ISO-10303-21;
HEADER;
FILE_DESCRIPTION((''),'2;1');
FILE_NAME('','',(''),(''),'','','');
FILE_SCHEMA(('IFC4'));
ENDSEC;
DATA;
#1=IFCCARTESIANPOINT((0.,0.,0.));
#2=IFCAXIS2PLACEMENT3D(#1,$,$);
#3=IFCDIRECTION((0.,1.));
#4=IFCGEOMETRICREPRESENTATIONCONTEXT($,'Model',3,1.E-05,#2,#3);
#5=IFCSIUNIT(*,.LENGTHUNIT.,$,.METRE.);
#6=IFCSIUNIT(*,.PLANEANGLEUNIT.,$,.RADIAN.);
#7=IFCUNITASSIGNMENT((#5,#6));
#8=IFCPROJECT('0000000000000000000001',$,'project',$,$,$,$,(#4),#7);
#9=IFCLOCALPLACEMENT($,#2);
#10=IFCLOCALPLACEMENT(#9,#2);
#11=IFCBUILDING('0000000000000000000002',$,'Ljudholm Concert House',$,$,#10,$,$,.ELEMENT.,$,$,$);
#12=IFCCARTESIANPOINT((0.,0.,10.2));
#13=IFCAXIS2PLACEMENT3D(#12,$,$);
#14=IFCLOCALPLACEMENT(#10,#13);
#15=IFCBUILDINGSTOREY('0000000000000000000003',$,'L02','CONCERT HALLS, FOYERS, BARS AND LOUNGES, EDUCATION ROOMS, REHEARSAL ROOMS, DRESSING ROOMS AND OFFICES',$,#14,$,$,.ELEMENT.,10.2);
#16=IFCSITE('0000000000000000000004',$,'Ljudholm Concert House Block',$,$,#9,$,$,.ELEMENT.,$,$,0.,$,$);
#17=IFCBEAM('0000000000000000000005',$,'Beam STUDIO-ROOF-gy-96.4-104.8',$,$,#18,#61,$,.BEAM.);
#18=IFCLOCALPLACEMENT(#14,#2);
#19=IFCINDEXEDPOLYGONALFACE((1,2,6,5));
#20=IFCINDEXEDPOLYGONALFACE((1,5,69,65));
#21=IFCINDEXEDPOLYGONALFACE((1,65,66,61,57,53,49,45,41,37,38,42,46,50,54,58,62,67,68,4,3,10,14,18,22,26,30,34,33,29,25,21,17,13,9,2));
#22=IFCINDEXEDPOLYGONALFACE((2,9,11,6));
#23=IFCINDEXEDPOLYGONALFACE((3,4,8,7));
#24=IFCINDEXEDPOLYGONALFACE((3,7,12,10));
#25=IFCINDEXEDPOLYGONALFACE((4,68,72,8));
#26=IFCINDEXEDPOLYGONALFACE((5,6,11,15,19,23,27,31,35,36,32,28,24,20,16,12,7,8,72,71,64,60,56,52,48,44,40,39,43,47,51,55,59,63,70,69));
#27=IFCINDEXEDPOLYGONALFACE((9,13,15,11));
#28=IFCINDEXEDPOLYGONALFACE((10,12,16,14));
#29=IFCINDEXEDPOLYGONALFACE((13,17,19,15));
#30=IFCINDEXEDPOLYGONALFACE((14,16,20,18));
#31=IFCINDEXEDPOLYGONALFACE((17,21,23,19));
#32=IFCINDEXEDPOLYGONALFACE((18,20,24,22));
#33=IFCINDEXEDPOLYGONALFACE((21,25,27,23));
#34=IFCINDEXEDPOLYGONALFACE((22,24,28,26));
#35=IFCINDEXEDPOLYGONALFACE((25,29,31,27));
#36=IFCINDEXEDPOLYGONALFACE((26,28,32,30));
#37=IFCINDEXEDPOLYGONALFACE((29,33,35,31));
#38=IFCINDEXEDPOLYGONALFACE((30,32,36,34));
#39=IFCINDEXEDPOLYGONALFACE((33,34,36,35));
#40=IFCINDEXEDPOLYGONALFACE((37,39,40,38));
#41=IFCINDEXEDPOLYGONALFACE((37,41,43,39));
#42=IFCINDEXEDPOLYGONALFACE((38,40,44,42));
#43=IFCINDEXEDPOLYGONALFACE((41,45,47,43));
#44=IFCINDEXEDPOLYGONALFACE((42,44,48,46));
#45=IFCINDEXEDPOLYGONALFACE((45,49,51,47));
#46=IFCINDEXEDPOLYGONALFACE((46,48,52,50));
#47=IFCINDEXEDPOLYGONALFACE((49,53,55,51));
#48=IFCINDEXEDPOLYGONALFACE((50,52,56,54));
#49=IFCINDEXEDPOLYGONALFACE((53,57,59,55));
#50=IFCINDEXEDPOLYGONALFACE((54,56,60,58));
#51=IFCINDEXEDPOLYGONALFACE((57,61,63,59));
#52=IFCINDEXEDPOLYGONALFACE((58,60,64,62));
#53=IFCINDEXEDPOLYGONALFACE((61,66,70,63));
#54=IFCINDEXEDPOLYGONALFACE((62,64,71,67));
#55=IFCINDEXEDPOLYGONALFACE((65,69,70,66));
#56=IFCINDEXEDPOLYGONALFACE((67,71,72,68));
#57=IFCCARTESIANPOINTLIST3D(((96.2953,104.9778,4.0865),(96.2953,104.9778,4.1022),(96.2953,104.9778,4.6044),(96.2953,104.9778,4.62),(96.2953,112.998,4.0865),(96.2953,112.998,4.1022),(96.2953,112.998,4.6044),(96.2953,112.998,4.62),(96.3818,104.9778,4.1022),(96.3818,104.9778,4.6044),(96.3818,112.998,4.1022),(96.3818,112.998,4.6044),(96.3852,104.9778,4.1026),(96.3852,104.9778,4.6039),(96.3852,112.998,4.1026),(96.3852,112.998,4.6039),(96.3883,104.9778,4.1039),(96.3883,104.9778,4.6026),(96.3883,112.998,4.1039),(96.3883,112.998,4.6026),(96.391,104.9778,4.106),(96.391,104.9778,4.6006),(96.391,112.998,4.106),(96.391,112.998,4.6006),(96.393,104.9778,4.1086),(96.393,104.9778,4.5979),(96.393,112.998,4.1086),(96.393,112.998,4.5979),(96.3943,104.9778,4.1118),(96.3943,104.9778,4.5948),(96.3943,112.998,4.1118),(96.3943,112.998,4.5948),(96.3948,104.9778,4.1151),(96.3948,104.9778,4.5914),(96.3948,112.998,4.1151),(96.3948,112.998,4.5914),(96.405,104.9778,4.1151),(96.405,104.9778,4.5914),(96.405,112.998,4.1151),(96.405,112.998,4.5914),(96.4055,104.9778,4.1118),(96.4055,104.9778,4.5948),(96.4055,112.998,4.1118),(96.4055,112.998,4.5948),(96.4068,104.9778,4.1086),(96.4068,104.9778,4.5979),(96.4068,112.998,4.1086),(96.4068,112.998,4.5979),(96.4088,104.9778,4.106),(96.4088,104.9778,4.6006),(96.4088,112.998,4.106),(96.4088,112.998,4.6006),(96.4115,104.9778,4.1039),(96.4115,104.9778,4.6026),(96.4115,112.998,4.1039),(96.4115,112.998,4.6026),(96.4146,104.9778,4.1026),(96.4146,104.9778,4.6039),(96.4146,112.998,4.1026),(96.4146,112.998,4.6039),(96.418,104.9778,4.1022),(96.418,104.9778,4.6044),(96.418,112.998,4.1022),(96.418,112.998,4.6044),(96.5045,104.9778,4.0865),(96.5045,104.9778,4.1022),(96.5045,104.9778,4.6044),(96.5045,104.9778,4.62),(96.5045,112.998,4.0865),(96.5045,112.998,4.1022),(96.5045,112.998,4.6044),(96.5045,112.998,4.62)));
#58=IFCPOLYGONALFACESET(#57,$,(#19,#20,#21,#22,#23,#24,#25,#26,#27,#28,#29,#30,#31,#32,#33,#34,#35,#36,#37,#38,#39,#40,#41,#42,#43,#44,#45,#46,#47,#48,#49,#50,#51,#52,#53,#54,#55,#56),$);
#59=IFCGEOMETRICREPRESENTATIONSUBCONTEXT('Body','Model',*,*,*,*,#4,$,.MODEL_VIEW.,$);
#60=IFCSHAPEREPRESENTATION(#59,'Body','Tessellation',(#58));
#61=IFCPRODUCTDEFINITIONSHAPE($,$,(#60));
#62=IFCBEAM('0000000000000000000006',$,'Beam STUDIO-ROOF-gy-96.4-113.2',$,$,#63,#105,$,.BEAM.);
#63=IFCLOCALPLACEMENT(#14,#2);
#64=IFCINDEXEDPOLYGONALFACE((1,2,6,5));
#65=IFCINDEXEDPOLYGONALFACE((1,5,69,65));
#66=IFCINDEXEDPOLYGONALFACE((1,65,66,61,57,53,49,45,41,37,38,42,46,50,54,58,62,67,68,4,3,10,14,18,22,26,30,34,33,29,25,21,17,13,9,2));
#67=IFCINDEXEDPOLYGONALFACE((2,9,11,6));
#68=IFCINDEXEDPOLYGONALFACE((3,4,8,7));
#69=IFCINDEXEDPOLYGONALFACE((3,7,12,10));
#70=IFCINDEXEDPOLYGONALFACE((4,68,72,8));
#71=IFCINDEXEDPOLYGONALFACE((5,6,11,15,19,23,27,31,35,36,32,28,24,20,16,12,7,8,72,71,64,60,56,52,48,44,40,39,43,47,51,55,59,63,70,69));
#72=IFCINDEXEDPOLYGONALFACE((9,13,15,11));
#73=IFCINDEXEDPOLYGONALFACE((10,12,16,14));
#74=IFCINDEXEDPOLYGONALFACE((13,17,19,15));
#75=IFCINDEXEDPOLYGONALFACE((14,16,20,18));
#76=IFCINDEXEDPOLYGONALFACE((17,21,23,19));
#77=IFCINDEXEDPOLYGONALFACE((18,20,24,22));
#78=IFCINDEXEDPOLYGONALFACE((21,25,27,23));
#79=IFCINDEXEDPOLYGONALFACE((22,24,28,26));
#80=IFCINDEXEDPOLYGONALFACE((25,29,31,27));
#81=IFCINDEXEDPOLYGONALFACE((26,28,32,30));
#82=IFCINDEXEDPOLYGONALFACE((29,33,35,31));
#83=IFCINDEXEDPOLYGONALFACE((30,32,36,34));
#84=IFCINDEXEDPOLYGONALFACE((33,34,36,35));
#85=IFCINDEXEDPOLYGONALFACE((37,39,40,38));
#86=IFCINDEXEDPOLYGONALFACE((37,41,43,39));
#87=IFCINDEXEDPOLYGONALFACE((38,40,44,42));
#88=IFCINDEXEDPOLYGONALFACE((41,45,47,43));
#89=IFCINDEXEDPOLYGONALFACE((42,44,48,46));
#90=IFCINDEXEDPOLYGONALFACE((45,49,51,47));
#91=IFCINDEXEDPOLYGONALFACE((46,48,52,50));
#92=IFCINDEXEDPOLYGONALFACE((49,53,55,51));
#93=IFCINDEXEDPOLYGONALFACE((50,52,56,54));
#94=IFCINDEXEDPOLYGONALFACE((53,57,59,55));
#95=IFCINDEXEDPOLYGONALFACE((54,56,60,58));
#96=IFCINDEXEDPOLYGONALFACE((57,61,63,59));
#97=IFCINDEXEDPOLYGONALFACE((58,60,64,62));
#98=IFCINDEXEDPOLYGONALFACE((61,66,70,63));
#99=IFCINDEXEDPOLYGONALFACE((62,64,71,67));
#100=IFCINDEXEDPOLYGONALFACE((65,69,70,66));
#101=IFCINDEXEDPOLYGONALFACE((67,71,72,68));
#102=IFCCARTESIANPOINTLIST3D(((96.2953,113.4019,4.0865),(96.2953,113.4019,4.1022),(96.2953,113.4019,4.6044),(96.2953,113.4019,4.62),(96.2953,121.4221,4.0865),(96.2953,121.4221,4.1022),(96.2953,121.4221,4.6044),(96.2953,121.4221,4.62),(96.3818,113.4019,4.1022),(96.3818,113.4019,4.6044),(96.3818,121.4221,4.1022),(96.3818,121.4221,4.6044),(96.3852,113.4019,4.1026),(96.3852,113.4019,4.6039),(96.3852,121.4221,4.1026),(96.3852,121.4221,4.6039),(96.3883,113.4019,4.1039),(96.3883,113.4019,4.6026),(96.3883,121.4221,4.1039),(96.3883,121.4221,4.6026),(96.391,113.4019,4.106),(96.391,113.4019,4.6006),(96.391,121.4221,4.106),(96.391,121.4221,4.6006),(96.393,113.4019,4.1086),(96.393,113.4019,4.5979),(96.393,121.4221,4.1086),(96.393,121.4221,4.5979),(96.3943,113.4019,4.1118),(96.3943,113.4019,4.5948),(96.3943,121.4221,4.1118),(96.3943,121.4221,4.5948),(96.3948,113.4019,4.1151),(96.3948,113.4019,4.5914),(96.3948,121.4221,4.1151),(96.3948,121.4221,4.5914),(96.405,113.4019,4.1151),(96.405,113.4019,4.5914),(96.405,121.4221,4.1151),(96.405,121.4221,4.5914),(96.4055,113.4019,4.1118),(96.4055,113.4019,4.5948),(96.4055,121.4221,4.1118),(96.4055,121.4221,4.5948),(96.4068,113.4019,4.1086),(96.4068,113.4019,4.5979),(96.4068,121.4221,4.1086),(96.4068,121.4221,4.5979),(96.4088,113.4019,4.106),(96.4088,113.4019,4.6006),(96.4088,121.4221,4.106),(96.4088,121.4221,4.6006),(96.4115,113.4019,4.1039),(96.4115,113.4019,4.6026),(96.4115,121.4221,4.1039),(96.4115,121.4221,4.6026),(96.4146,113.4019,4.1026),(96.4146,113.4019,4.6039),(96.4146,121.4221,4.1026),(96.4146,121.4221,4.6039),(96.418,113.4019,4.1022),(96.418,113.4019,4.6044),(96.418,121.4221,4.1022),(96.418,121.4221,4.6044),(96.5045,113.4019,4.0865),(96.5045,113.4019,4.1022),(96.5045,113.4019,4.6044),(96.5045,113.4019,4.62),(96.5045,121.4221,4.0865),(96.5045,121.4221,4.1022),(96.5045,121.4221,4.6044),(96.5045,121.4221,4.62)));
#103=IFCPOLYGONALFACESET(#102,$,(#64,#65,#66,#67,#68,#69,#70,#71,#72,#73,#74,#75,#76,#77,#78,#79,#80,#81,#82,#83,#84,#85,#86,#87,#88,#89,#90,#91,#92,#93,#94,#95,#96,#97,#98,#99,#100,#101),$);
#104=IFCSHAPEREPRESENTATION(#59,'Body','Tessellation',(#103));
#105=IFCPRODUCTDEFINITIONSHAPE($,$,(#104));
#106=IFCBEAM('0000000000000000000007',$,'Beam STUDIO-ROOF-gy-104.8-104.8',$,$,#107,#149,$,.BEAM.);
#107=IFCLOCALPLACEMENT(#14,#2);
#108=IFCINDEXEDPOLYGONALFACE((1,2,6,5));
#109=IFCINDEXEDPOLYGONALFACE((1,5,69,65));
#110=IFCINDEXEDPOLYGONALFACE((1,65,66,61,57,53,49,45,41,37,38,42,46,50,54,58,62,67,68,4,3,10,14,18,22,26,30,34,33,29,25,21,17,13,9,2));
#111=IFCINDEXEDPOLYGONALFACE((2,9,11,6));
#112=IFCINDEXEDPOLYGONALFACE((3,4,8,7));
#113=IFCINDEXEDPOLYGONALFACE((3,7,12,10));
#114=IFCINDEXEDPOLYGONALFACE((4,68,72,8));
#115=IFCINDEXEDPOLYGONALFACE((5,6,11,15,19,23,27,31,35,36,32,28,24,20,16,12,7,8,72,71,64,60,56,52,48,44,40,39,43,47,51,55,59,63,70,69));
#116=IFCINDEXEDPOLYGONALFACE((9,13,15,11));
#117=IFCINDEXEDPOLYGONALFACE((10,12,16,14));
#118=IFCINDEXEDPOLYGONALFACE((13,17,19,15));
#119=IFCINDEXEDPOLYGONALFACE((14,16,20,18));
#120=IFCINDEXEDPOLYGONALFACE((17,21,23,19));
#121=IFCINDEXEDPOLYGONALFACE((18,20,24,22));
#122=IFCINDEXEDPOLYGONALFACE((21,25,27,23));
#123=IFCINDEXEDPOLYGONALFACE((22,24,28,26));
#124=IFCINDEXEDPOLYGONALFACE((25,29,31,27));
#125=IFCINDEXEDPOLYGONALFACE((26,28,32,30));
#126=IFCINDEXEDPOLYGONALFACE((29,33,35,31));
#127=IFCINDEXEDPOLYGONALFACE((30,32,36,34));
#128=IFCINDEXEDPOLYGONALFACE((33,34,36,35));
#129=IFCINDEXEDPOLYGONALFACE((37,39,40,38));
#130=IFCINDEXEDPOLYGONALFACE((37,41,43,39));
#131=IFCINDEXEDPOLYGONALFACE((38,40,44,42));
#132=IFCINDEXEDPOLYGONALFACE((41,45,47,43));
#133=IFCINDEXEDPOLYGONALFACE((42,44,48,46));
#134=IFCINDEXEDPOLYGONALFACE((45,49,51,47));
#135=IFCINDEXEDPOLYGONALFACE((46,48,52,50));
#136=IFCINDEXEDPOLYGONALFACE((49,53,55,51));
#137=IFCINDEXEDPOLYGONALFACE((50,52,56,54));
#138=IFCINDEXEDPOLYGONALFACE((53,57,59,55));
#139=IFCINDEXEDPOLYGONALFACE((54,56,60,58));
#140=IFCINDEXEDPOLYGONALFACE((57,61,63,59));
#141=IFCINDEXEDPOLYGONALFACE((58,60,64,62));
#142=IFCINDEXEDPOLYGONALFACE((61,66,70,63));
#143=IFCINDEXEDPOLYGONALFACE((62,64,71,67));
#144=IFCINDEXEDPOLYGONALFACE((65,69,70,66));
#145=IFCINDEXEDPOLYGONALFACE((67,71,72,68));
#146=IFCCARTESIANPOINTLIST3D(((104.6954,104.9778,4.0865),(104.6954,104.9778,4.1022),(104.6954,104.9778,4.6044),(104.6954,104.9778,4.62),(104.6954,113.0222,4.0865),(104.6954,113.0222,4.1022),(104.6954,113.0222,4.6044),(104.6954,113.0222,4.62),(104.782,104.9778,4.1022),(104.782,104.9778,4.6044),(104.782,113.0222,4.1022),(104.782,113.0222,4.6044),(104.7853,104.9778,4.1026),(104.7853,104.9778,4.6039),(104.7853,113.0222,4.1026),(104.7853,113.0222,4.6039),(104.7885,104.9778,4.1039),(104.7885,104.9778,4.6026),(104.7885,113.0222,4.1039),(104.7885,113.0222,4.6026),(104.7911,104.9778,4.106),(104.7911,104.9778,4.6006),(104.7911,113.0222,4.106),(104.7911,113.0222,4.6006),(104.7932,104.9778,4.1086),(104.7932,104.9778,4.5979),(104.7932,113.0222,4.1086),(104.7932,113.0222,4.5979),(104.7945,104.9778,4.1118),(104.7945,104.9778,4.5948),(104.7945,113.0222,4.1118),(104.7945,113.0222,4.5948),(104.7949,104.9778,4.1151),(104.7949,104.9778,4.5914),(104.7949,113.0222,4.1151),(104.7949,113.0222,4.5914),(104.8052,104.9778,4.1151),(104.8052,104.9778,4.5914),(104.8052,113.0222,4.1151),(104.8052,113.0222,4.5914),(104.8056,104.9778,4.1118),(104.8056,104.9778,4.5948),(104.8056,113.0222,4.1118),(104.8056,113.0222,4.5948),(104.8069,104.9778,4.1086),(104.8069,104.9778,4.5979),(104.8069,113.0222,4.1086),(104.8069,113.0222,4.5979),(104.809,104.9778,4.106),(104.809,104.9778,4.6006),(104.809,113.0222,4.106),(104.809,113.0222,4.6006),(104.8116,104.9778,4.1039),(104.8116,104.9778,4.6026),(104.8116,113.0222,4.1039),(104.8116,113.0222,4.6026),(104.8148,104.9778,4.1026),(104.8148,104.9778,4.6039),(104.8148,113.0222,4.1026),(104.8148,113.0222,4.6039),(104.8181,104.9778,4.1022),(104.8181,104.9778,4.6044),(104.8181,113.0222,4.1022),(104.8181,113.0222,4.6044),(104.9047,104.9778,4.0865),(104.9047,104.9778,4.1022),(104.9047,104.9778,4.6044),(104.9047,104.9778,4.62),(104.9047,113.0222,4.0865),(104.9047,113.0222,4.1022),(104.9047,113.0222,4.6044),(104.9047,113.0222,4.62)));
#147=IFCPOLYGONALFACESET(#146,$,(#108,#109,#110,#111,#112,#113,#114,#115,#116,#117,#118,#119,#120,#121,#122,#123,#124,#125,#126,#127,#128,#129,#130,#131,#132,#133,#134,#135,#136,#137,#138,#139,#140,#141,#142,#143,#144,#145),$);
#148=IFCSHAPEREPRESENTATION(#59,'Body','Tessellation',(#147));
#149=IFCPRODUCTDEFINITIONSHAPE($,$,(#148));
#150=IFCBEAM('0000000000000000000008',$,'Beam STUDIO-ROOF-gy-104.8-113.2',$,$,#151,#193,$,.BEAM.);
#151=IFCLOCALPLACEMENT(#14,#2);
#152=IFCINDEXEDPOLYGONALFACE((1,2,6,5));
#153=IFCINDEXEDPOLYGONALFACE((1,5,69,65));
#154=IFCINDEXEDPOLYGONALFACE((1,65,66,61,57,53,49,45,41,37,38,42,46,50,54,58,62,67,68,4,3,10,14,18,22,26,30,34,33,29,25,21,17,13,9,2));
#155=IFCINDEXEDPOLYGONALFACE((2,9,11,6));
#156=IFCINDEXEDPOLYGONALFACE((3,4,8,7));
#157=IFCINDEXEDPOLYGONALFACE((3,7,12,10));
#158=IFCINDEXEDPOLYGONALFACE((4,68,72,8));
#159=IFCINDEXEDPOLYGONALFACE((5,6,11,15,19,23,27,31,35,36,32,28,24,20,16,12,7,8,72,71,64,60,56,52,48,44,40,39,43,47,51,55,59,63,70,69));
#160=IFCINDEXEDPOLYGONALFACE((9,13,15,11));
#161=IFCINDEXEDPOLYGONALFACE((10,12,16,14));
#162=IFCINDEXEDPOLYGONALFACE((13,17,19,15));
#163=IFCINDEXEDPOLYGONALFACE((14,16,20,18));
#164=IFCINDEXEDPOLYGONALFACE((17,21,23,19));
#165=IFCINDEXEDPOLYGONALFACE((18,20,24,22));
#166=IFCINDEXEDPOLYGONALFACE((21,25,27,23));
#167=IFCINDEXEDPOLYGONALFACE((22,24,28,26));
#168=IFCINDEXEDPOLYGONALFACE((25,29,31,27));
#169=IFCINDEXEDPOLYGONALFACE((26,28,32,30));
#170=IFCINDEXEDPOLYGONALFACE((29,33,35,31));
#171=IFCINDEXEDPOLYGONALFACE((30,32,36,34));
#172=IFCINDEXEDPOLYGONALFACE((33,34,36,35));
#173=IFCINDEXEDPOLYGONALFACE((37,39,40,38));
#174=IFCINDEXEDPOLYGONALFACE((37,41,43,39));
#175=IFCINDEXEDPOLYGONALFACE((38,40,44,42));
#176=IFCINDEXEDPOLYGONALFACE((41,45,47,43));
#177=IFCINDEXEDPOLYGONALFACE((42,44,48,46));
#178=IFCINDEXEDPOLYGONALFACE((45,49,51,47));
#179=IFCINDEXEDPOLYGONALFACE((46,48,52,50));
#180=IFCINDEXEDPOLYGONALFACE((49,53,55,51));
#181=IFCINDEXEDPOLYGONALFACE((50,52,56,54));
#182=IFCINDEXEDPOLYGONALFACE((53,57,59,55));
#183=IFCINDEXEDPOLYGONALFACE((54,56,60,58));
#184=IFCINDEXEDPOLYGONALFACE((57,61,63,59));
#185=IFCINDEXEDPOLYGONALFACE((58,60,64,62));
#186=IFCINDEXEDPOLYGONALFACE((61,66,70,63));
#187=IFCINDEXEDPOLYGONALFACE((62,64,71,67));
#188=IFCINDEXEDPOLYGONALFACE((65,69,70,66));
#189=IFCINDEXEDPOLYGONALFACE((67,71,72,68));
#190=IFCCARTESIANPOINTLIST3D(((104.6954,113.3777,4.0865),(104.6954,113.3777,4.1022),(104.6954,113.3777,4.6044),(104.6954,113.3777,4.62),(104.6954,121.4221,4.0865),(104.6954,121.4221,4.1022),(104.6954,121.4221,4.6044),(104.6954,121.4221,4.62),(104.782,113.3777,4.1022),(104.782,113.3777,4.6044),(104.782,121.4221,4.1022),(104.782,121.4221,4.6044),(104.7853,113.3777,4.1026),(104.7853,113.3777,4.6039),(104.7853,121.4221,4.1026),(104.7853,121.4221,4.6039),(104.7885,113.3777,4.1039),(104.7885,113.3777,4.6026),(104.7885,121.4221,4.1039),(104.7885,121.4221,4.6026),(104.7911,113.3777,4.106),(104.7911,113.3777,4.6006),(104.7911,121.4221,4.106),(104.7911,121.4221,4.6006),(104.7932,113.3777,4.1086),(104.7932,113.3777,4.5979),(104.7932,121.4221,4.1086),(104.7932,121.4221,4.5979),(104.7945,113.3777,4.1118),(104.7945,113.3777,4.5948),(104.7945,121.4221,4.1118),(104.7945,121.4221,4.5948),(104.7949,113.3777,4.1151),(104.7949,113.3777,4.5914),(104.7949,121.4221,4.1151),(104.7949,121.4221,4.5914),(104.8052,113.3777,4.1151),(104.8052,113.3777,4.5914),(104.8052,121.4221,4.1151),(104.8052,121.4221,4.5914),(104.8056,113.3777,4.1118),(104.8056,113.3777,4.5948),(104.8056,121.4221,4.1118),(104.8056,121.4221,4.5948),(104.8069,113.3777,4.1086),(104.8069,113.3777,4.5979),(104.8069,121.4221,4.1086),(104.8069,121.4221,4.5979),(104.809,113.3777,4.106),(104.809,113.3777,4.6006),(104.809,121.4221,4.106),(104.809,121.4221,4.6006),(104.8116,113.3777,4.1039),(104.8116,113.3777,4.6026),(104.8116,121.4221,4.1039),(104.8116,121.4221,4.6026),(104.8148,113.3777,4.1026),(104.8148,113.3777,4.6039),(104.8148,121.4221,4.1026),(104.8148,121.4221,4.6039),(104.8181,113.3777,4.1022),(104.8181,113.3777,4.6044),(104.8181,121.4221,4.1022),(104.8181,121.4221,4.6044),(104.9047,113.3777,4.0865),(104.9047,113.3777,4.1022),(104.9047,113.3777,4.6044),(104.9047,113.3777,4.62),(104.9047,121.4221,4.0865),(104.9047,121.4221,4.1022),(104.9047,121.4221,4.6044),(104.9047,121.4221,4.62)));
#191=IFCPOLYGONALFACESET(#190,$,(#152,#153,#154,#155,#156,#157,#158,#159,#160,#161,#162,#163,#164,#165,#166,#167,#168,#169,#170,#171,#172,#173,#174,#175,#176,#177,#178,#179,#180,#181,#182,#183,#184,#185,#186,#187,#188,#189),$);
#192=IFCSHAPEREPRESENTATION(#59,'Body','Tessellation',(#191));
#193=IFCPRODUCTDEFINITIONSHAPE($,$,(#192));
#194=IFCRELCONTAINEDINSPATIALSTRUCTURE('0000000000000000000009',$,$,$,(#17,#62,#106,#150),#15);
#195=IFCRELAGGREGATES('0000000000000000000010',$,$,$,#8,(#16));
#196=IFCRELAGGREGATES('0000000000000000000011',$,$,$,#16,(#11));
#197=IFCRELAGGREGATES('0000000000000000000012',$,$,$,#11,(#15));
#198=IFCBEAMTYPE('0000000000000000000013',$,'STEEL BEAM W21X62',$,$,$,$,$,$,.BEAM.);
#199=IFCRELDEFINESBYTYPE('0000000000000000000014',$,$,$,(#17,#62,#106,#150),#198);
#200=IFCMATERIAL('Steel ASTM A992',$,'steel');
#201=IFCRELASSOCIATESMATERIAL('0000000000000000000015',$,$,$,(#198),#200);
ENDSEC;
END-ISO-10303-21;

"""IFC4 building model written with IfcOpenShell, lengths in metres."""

from ifc_helpers import new_model, si_unit, direction, frame, origin, origin_2d, place, context, subcontext, project, spatial, i_section, extrude, material, material_profile, profile_set, type_object, element, save


model = new_model("IFC4")

# Units and contexts
model_context = context("Model", 3, precision=1e-05, world=origin(), true_north=direction((0.0, 1.0)))
body_context = subcontext(model_context, "Body", "Model", "MODEL_VIEW")
ifc_project = project(units=[si_unit("LENGTHUNIT", "METRE"), si_unit("PLANEANGLEUNIT", "RADIAN")], contexts=[model_context])

# Site, building, storey
site_placement = place(None, origin())
site = spatial("IfcSite", under=ifc_project, at=site_placement, Name="Ljudholm Concert House Block", CompositionType="ELEMENT", RefElevation=0.0)
building_placement = place(site_placement, origin())
building = spatial("IfcBuilding", under=site, at=building_placement, Name="Ljudholm Concert House", CompositionType="ELEMENT")
storey_placement = place(building_placement, frame((0.0, 0.0, 10.2)))
storey = spatial("IfcBuildingStorey", under=building, at=storey_placement, Name="L02", Description="CONCERT HALLS, FOYERS, BARS AND LOUNGES, EDUCATION ROOMS, REHEARSAL ROOMS, DRESSING ROOMS AND OFFICES", CompositionType="ELEMENT", Elevation=10.2)

# Beams
ifc_material_1 = material(Name="Steel ASTM A992", Category="steel")
ifc_material_profile_1 = material_profile(ifc_material_1, i_section(OverallWidth=0.2092, OverallDepth=0.5334, WebThickness=0.0103, FlangeThickness=0.0156, FilletRadius=0.0129, at=origin_2d()), Name="W21X62")
ifc_profile_set_1 = profile_set([ifc_material_profile_1], Name="Steel ASTM A992")
beam_type_1 = type_object("IfcBeamType", Name="STEEL BEAM W21X62", PredefinedType="BEAM", material=ifc_profile_set_1)
for number, where, z_axis, x_axis, name in (
    (1, (96.3999, 104.9778, 4.3533), (0.0, 1.0, 0.0), (-1.0, 0.0, 0.0), "Beam STUDIO-ROOF-gy-96.4-104.8"),
    (2, (96.3999, 113.4019, 4.3533), (0.0, 1.0, 0.0), (-1.0, 0.0, 0.0), "Beam STUDIO-ROOF-gy-96.4-113.2"),
):
    element("IfcBeam", number, at=place(storey_placement, frame(where, z_axis=z_axis, x_axis=x_axis)), inside=storey, type_object=beam_type_1, Name=name, PredefinedType="BEAM", context=body_context, shape_type="SweptSolid", body=[
        extrude(i_section(OverallWidth=0.2092, OverallDepth=0.5334, WebThickness=0.0103, FlangeThickness=0.0156, FilletRadius=0.0129, at=origin_2d()), origin(), (0.0, 0.0, 1.0), 8.0203),
    ])
for number, where, z_axis, x_axis, name in (
    (3, (104.8, 104.9778, 4.3533), (0.0, 1.0, 0.0), (-1.0, 0.0, 0.0), "Beam STUDIO-ROOF-gy-104.8-104.8"),
    (4, (104.8, 113.3777, 4.3533), (0.0, 1.0, 0.0), (-1.0, 0.0, 0.0), "Beam STUDIO-ROOF-gy-104.8-113.2"),
):
    element("IfcBeam", number, at=place(storey_placement, frame(where, z_axis=z_axis, x_axis=x_axis)), inside=storey, type_object=beam_type_1, Name=name, PredefinedType="BEAM", context=body_context, shape_type="SweptSolid", body=[
        extrude(i_section(OverallWidth=0.2092, OverallDepth=0.5334, WebThickness=0.0103, FlangeThickness=0.0156, FilletRadius=0.0129, at=origin_2d()), origin(), (0.0, 0.0, 1.0), 8.0444),
    ])

save(model, "model.ifc")
